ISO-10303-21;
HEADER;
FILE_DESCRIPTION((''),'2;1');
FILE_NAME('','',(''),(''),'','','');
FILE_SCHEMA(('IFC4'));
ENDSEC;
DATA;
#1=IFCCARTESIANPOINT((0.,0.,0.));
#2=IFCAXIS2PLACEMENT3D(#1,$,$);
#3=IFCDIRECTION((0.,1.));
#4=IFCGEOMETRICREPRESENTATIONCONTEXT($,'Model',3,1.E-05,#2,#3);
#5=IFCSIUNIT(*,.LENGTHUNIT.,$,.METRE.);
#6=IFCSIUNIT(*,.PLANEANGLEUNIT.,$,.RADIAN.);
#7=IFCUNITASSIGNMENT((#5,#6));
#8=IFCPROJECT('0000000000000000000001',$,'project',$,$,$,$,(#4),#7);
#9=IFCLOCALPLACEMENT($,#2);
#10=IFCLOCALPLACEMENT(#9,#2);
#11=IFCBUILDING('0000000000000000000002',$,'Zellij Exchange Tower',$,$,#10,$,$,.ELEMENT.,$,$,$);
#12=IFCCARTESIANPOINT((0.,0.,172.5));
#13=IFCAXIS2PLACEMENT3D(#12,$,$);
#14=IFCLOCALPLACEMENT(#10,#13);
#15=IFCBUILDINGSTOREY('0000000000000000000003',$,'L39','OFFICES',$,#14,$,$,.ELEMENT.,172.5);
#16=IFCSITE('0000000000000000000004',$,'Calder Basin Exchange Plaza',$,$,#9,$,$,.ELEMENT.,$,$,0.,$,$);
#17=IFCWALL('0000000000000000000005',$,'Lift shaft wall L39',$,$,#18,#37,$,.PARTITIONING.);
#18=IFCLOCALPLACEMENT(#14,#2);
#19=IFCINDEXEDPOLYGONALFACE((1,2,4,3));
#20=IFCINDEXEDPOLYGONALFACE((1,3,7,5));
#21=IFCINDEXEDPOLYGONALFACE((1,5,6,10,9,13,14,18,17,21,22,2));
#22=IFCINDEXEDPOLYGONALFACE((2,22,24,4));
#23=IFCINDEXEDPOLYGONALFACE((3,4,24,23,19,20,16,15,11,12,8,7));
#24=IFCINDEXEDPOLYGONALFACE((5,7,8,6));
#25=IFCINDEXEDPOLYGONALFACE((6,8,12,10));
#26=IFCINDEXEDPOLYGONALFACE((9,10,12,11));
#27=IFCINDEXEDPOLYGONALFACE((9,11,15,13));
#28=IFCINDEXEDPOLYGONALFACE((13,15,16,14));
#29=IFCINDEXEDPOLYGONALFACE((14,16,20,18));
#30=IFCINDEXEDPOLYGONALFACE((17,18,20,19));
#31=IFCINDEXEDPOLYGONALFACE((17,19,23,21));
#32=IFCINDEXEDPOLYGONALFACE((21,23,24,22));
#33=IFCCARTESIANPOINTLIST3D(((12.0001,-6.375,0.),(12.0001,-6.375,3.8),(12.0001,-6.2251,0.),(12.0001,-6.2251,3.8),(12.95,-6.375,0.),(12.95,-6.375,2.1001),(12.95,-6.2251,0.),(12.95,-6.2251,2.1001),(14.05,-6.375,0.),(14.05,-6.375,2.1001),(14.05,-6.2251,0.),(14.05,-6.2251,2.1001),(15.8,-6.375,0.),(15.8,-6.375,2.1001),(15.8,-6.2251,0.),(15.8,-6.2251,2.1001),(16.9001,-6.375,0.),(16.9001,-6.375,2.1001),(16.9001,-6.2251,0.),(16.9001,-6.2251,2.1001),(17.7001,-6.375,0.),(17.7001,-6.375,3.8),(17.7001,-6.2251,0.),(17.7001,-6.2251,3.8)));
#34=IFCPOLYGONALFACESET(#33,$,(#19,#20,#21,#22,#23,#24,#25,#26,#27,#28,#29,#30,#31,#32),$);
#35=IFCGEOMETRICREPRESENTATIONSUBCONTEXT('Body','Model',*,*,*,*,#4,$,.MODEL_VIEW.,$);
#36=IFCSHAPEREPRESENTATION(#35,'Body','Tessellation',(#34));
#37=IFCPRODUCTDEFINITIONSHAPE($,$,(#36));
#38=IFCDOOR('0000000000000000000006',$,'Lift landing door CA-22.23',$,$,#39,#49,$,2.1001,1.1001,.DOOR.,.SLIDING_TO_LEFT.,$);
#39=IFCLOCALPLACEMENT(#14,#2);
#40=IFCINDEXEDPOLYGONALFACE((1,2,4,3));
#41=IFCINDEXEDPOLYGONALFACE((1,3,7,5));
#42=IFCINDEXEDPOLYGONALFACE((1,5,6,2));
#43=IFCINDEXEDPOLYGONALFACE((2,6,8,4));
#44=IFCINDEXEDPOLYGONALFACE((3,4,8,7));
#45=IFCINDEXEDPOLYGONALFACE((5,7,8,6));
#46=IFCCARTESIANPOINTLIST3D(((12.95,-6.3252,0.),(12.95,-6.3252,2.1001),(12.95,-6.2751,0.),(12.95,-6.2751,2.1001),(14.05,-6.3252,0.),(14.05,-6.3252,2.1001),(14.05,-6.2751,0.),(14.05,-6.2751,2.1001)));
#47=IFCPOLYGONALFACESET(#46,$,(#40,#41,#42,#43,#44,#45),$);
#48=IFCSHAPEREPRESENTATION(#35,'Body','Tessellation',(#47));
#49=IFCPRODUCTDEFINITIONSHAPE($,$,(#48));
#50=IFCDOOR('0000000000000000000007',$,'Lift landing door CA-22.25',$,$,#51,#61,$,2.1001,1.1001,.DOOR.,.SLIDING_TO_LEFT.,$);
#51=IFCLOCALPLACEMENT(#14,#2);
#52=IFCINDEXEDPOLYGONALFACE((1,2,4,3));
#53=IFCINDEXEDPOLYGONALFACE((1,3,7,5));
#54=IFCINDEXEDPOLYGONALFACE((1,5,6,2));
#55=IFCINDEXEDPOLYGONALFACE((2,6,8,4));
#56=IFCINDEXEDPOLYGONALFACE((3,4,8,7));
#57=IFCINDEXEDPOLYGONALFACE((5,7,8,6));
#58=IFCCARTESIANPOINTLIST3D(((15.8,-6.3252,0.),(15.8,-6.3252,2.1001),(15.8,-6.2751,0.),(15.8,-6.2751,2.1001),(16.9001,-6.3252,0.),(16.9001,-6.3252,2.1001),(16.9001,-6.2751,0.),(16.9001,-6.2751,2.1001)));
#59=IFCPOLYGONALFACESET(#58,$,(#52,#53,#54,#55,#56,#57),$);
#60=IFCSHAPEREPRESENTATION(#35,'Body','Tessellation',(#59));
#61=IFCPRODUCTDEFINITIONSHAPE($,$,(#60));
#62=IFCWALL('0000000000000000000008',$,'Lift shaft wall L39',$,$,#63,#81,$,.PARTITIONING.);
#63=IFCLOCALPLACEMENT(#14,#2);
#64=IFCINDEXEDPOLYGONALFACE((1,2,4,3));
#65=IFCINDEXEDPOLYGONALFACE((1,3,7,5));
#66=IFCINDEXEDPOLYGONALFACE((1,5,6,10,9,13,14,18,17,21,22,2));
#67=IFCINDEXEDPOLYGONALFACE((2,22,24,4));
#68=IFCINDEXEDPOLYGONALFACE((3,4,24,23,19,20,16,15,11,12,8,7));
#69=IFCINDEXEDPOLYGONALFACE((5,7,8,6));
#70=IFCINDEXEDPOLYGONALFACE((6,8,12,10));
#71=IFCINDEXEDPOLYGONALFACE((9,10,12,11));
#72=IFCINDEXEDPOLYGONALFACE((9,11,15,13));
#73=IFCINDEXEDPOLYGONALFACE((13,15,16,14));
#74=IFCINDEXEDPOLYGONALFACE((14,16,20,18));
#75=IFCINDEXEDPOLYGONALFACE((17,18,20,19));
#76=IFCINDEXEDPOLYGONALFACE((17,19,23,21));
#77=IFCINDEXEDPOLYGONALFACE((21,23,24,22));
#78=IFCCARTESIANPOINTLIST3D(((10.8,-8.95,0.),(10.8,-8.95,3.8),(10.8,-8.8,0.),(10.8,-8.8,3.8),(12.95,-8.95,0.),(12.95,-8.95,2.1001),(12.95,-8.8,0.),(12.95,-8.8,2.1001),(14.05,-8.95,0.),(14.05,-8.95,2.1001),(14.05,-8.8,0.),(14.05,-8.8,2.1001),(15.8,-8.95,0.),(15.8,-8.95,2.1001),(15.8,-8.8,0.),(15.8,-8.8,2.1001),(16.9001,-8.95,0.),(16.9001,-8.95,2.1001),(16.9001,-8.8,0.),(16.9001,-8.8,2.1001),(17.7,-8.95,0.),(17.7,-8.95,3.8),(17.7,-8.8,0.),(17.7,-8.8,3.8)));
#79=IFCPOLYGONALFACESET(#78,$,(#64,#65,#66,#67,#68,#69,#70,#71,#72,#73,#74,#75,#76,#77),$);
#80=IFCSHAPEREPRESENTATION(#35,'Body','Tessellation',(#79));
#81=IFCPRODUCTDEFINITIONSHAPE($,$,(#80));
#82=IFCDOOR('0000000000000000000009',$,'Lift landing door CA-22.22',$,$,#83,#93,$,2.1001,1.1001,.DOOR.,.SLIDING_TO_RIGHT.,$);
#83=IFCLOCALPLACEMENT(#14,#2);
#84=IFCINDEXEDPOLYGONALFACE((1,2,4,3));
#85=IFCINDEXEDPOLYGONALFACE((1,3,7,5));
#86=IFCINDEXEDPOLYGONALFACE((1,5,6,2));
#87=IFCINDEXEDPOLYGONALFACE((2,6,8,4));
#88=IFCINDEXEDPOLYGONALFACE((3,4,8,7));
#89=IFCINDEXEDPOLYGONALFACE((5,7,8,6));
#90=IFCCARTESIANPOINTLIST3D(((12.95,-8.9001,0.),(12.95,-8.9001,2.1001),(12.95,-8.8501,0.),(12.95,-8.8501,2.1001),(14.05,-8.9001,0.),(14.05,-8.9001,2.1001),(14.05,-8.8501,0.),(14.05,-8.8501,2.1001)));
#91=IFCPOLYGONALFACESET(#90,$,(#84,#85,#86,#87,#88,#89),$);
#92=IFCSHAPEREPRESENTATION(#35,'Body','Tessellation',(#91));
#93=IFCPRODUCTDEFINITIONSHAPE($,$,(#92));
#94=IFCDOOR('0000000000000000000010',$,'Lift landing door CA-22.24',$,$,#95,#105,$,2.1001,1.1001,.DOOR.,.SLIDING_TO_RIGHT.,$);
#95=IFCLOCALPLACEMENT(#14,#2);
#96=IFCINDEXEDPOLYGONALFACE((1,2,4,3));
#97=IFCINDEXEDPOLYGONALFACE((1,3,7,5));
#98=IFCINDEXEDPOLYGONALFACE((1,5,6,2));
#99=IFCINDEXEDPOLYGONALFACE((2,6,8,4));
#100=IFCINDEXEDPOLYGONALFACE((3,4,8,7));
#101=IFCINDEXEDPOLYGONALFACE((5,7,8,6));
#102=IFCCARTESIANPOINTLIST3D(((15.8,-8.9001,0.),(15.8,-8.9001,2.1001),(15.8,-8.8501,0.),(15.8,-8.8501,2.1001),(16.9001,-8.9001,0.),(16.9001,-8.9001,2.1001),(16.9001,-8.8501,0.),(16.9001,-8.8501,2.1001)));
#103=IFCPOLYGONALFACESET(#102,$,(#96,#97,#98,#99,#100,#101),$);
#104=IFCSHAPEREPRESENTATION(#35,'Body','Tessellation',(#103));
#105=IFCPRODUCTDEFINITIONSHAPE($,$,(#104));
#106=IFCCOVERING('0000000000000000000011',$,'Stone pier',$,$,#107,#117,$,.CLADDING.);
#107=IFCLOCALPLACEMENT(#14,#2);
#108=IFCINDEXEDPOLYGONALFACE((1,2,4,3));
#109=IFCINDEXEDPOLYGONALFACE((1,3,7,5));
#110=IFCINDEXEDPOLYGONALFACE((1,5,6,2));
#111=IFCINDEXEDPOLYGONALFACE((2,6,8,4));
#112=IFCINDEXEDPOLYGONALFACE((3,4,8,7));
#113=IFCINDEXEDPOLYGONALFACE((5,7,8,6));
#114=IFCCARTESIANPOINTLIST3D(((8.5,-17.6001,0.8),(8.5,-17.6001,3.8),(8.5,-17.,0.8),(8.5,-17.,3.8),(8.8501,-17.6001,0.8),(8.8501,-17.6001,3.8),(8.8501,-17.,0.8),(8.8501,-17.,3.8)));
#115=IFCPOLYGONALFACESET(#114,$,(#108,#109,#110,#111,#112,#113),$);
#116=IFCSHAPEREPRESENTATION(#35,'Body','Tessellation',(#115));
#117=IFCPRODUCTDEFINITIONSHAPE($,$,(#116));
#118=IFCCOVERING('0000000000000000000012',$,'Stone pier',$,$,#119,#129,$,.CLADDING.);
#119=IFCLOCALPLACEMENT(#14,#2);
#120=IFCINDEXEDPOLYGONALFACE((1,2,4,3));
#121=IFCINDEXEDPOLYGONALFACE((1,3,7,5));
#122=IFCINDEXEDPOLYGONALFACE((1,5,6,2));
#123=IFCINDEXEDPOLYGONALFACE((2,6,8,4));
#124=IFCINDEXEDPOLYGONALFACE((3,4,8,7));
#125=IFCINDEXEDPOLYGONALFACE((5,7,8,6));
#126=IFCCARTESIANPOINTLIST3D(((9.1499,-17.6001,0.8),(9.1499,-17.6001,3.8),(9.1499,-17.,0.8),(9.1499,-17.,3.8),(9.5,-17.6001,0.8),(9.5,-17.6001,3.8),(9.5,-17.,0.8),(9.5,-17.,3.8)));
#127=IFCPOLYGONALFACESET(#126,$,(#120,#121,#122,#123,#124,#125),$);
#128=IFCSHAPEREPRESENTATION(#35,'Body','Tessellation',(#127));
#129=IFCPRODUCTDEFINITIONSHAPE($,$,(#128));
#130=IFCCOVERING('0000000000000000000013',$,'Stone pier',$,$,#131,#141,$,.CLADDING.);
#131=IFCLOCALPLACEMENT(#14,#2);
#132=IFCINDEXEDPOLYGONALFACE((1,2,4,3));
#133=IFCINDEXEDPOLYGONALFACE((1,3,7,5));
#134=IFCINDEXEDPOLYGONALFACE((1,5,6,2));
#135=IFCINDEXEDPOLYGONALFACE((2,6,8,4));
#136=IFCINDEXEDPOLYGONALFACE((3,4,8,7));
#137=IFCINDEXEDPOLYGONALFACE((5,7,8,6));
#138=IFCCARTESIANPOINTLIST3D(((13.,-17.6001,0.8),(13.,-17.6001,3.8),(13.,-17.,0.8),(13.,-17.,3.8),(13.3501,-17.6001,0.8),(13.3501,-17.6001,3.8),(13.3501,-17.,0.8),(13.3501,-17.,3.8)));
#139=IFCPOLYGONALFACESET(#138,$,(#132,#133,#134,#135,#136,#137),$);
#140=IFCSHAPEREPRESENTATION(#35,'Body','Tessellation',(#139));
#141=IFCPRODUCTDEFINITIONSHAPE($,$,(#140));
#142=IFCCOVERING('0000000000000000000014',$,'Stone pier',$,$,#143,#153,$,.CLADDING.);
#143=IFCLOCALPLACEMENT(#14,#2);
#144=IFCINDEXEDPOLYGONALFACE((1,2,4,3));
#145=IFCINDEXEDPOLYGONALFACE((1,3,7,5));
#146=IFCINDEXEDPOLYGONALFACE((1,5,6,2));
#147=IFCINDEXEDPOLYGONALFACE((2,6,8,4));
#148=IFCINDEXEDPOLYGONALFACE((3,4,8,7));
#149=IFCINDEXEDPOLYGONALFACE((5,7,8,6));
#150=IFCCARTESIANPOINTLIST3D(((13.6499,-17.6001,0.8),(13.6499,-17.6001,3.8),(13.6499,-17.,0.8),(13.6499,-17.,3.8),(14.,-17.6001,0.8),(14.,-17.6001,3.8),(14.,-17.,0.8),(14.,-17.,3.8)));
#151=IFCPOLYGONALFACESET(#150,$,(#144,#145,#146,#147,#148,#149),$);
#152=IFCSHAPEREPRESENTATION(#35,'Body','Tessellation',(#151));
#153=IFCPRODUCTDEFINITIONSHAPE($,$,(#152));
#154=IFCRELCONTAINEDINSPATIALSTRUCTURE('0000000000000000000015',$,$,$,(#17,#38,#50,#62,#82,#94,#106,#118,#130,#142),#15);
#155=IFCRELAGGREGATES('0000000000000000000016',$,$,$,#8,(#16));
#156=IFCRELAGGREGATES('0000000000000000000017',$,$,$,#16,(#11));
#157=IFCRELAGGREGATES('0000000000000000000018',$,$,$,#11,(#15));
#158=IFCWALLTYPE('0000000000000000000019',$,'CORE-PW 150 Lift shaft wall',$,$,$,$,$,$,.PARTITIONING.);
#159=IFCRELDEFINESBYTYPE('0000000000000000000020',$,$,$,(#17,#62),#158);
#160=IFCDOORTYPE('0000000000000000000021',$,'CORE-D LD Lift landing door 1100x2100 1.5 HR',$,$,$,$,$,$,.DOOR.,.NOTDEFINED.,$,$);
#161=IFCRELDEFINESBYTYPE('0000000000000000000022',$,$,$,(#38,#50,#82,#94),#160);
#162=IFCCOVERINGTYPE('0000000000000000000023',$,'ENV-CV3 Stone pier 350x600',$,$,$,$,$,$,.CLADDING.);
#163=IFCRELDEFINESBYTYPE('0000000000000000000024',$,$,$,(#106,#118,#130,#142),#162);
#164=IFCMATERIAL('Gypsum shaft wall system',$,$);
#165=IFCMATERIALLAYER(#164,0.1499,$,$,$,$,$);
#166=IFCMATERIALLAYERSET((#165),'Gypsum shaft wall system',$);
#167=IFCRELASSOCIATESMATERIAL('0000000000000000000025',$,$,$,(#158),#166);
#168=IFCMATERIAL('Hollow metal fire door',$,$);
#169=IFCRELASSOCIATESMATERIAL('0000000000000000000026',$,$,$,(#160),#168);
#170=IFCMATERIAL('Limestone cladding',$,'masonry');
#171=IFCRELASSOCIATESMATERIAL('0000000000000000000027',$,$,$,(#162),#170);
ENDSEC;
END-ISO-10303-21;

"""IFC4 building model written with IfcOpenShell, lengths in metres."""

from ifc_helpers import new_model, si_unit, direction, frame, frame_2d, origin, place, context, subcontext, project, spatial, polyline, rectangle, outline, extrude, material, layer, layer_set, type_object, element, fill, save


model = new_model("IFC4")

# Units and contexts
model_context = context("Model", 3, precision=1e-05, world=origin(), true_north=direction((0.0, 1.0)))
body_context = subcontext(model_context, "Body", "Model", "MODEL_VIEW")
ifc_project = project(units=[si_unit("LENGTHUNIT", "METRE"), si_unit("PLANEANGLEUNIT", "RADIAN")], contexts=[model_context])

# Site, building, storey
site_placement = place(None, origin())
site = spatial("IfcSite", under=ifc_project, at=site_placement, Name="Calder Basin Exchange Plaza", CompositionType="ELEMENT", RefElevation=0.0)
building_placement = place(site_placement, origin())
building = spatial("IfcBuilding", under=site, at=building_placement, Name="Zellij Exchange Tower", CompositionType="ELEMENT")
storey_placement = place(building_placement, frame((0.0, 0.0, 172.5)))
storey = spatial("IfcBuildingStorey", under=building, at=storey_placement, Name="L39", Description="OFFICES", CompositionType="ELEMENT", Elevation=172.5)

# Shared definitions
ifc_material_1 = material(Name="Gypsum shaft wall system")
ifc_material_2 = material(Name="Hollow metal fire door")

# Shared definitions
ifc_layer_1 = layer(ifc_material_1, 0.1499)
ifc_layer_set_1 = layer_set([ifc_layer_1], Name="Gypsum shaft wall system")
wall_type_1 = type_object("IfcWallType", Name="CORE-PW 150 Lift shaft wall", PredefinedType="PARTITIONING", material=ifc_layer_set_1)

# Shared definitions
door_type_1 = type_object("IfcDoorType", Name="CORE-D LD Lift landing door 1100x2100 1.5 HR", OperationType="NOTDEFINED", PredefinedType="DOOR", material=ifc_material_2)

# Walls, openings, doors
wall_1_placement = place(storey_placement, frame((12.0, -6.3, 0.0), z_axis=(0.0, 0.0, 1.0), x_axis=(1.0, 0.0, 0.0)))
wall_1 = element("IfcWall", 1, at=wall_1_placement, inside=storey, type_object=wall_type_1, Name="Lift shaft wall L39", PredefinedType="PARTITIONING", context=body_context, shape_type="SweptSolid", body=[
    extrude(rectangle(XDim=5.7, YDim=0.1499, at=frame_2d((2.8501, 0.0))), origin(), (0.0, 0.0, 1.0), 3.8),
])
opening_1_placement = place(wall_1_placement, frame((0.95, 0.0, 0.0)))
opening_1 = element("IfcOpeningElement", 2, at=opening_1_placement, cuts=wall_1, PredefinedType="OPENING", context=body_context, shape_type="SweptSolid", body=[
    extrude(rectangle(XDim=1.1001, YDim=2.1001, at=frame_2d((0.55, 1.05))), frame((0.0, 0.0869, 0.0), z_axis=(0.0, -1.0, 0.0), x_axis=(1.0, 0.0, 0.0)), (0.0, 0.0, 1.0), 0.1738),
])
opening_2_placement = place(wall_1_placement, frame((3.8, 0.0, 0.0)))
opening_2 = element("IfcOpeningElement", 3, at=opening_2_placement, cuts=wall_1, PredefinedType="OPENING", context=body_context, shape_type="SweptSolid", body=[
    extrude(rectangle(XDim=1.1001, YDim=2.1001, at=frame_2d((0.55, 1.05))), frame((0.0, 0.0869, 0.0), z_axis=(0.0, -1.0, 0.0), x_axis=(1.0, 0.0, 0.0)), (0.0, 0.0, 1.0), 0.1738),
])
door_1_placement = place(opening_1_placement, origin())
door_1 = element("IfcDoor", 4, at=door_1_placement, inside=storey, type_object=door_type_1, Name="Lift landing door CA-22.23", OperationType="SLIDING_TO_LEFT", OverallHeight=2.1001, OverallWidth=1.1001, PredefinedType="DOOR", context=body_context, shape_type="SweptSolid", body=[
    extrude(rectangle(XDim=1.1001, YDim=2.1001, at=frame_2d((0.55, 1.05))), frame((0.0, 0.0249, 0.0), z_axis=(0.0, -1.0, 0.0), x_axis=(1.0, 0.0, 0.0)), (0.0, 0.0, 1.0), 0.05),
])
fill(opening_1, door_1)
door_2_placement = place(opening_2_placement, origin())
door_2 = element("IfcDoor", 5, at=door_2_placement, inside=storey, type_object=door_type_1, Name="Lift landing door CA-22.25", OperationType="SLIDING_TO_LEFT", OverallHeight=2.1001, OverallWidth=1.1001, PredefinedType="DOOR", context=body_context, shape_type="SweptSolid", body=[
    extrude(rectangle(XDim=1.1001, YDim=2.1001, at=frame_2d((0.55, 1.05))), frame((0.0, 0.0249, 0.0), z_axis=(0.0, -1.0, 0.0), x_axis=(1.0, 0.0, 0.0)), (0.0, 0.0, 1.0), 0.05),
])
fill(opening_2, door_2)
wall_2_placement = place(storey_placement, frame((10.8, -8.875, 0.0), z_axis=(0.0, 0.0, 1.0), x_axis=(1.0, 0.0, 0.0)))
wall_2 = element("IfcWall", 6, at=wall_2_placement, inside=storey, type_object=wall_type_1, Name="Lift shaft wall L39", PredefinedType="PARTITIONING", context=body_context, shape_type="SweptSolid", body=[
    extrude(rectangle(XDim=6.8999, YDim=0.1499, at=frame_2d((3.45, 0.0))), origin(), (0.0, 0.0, 1.0), 3.8),
])
opening_3_placement = place(wall_2_placement, frame((2.1499, 0.0, 0.0)))
opening_3 = element("IfcOpeningElement", 7, at=opening_3_placement, cuts=wall_2, PredefinedType="OPENING", context=body_context, shape_type="SweptSolid", body=[
    extrude(rectangle(XDim=1.1001, YDim=2.1001, at=frame_2d((0.55, 1.05))), frame((0.0, 0.0869, 0.0), z_axis=(0.0, -1.0, 0.0), x_axis=(1.0, 0.0, 0.0)), (0.0, 0.0, 1.0), 0.1738),
])
opening_4_placement = place(wall_2_placement, frame((5.0, 0.0, 0.0)))
opening_4 = element("IfcOpeningElement", 8, at=opening_4_placement, cuts=wall_2, PredefinedType="OPENING", context=body_context, shape_type="SweptSolid", body=[
    extrude(rectangle(XDim=1.1001, YDim=2.1001, at=frame_2d((0.55, 1.05))), frame((0.0, 0.0869, 0.0), z_axis=(0.0, -1.0, 0.0), x_axis=(1.0, 0.0, 0.0)), (0.0, 0.0, 1.0), 0.1738),
])
door_3_placement = place(opening_3_placement, origin())
door_3 = element("IfcDoor", 9, at=door_3_placement, inside=storey, type_object=door_type_1, Name="Lift landing door CA-22.22", OperationType="SLIDING_TO_RIGHT", OverallHeight=2.1001, OverallWidth=1.1001, PredefinedType="DOOR", context=body_context, shape_type="SweptSolid", body=[
    extrude(rectangle(XDim=1.1001, YDim=2.1001, at=frame_2d((0.55, 1.05))), frame((0.0, 0.0249, 0.0), z_axis=(0.0, -1.0, 0.0), x_axis=(1.0, 0.0, 0.0)), (0.0, 0.0, 1.0), 0.05),
])
fill(opening_3, door_3)
door_4_placement = place(opening_4_placement, origin())
door_4 = element("IfcDoor", 10, at=door_4_placement, inside=storey, type_object=door_type_1, Name="Lift landing door CA-22.24", OperationType="SLIDING_TO_RIGHT", OverallHeight=2.1001, OverallWidth=1.1001, PredefinedType="DOOR", context=body_context, shape_type="SweptSolid", body=[
    extrude(rectangle(XDim=1.1001, YDim=2.1001, at=frame_2d((0.55, 1.05))), frame((0.0, 0.0249, 0.0), z_axis=(0.0, -1.0, 0.0), x_axis=(1.0, 0.0, 0.0)), (0.0, 0.0, 1.0), 0.05),
])
fill(opening_4, door_4)

# Coverings
ifc_material_3 = material(Name="Limestone cladding", Category="masonry")
covering_type = type_object("IfcCoveringType", Name="ENV-CV3 Stone pier 350x600", PredefinedType="CLADDING", material=ifc_material_3)
covering_1_placement = place(storey_placement, frame((0.0, 0.0, 0.8)))
element("IfcCovering", 11, at=covering_1_placement, inside=storey, type_object=covering_type, Name="Stone pier", PredefinedType="CLADDING", context=body_context, shape_type="SweptSolid", body=[
    extrude(outline(polyline([(8.5, -17.0), (8.8501, -17.0), (8.8501, -17.6001), (8.5, -17.6001), (8.5, -17.0)])), origin(), (0.0, 0.0, 1.0), 3.0),
])
covering_2_placement = place(storey_placement, frame((0.0, 0.0, 0.8)))
element("IfcCovering", 12, at=covering_2_placement, inside=storey, type_object=covering_type, Name="Stone pier", PredefinedType="CLADDING", context=body_context, shape_type="SweptSolid", body=[
    extrude(outline(polyline([(9.1499, -17.0), (9.5, -17.0), (9.5, -17.6001), (9.1499, -17.6001), (9.1499, -17.0)])), origin(), (0.0, 0.0, 1.0), 3.0),
])
covering_3_placement = place(storey_placement, frame((0.0, 0.0, 0.8)))
element("IfcCovering", 13, at=covering_3_placement, inside=storey, type_object=covering_type, Name="Stone pier", PredefinedType="CLADDING", context=body_context, shape_type="SweptSolid", body=[
    extrude(outline(polyline([(13.0, -17.0), (13.3501, -17.0), (13.3501, -17.6001), (13.0, -17.6001), (13.0, -17.0)])), origin(), (0.0, 0.0, 1.0), 3.0),
])
covering_4_placement = place(storey_placement, frame((0.0, 0.0, 0.8)))
element("IfcCovering", 14, at=covering_4_placement, inside=storey, type_object=covering_type, Name="Stone pier", PredefinedType="CLADDING", context=body_context, shape_type="SweptSolid", body=[
    extrude(outline(polyline([(13.6499, -17.0), (14.0, -17.0), (14.0, -17.6001), (13.6499, -17.6001), (13.6499, -17.0)])), origin(), (0.0, 0.0, 1.0), 3.0),
])

save(model, "model.ifc")
